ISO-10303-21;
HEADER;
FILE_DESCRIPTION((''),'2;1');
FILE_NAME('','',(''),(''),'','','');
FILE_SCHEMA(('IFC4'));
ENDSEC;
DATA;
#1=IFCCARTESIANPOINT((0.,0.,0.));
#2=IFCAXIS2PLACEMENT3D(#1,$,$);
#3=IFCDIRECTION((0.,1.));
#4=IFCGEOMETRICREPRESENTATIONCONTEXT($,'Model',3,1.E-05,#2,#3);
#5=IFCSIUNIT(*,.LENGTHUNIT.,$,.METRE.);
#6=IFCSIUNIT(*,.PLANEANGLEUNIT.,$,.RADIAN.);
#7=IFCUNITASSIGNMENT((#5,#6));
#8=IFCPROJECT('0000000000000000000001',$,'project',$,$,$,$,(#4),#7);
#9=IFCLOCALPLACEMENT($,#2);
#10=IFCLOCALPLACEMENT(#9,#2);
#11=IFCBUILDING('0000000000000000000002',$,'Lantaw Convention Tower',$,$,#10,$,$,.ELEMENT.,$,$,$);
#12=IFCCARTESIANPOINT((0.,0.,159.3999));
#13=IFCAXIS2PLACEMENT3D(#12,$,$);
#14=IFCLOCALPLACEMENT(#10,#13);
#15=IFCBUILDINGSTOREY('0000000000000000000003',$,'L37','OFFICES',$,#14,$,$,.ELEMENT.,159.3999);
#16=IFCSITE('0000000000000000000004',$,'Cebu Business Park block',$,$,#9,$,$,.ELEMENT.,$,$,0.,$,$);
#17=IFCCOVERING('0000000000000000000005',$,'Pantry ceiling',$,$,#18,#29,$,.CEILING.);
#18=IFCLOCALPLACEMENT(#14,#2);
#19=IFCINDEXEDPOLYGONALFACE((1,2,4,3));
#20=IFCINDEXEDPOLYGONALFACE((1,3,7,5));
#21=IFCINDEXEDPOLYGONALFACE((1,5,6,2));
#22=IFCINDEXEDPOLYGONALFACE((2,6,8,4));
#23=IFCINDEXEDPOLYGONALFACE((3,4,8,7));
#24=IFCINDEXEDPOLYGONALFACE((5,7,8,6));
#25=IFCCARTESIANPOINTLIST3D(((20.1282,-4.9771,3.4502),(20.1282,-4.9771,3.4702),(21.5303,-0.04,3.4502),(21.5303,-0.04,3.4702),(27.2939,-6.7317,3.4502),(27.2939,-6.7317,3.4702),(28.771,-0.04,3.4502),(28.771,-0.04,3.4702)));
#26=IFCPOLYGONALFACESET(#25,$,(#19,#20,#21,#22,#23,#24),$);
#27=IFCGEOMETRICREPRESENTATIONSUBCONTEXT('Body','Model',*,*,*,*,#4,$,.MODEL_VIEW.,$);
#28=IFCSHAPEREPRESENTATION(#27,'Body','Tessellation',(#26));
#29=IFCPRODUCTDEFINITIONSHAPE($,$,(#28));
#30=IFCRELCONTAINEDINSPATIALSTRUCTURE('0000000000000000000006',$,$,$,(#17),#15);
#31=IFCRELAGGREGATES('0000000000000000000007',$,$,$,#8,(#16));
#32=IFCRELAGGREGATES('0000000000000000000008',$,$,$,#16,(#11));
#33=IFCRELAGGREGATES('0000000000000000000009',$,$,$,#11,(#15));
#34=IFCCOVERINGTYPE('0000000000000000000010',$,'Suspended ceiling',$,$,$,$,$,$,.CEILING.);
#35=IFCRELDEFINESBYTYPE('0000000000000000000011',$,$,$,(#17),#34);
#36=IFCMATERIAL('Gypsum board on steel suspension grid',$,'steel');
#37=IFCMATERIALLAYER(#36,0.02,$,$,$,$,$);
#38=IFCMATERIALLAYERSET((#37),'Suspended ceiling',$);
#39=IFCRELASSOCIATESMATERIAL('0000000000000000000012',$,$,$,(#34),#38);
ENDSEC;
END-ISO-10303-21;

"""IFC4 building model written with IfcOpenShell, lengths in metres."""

from ifc_helpers import new_model, si_unit, direction, frame, origin, place, context, subcontext, project, spatial, polyline, outline, extrude, material, layer, layer_set, type_object, element, save


model = new_model("IFC4")

# Units and contexts
model_context = context("Model", 3, precision=1e-05, world=origin(), true_north=direction((0.0, 1.0)))
body_context = subcontext(model_context, "Body", "Model", "MODEL_VIEW")
ifc_project = project(units=[si_unit("LENGTHUNIT", "METRE"), si_unit("PLANEANGLEUNIT", "RADIAN")], contexts=[model_context])

# Site, building, storey
site_placement = place(None, origin())
site = spatial("IfcSite", under=ifc_project, at=site_placement, Name="Cebu Business Park block", CompositionType="ELEMENT", RefElevation=0.0)
building_placement = place(site_placement, origin())
building = spatial("IfcBuilding", under=site, at=building_placement, Name="Lantaw Convention Tower", CompositionType="ELEMENT")
storey_placement = place(building_placement, frame((0.0, 0.0, 159.3999)))
storey = spatial("IfcBuildingStorey", under=building, at=storey_placement, Name="L37", Description="OFFICES", CompositionType="ELEMENT", Elevation=159.3999)

# Covering
ifc_material_1 = material(Name="Gypsum board on steel suspension grid", Category="steel")
ifc_layer_1 = layer(ifc_material_1, 0.02)
ifc_layer_set_1 = layer_set([ifc_layer_1], Name="Suspended ceiling")
covering_type = type_object("IfcCoveringType", Name="Suspended ceiling", PredefinedType="CEILING", material=ifc_layer_set_1)
covering_1_placement = place(storey_placement, frame((0.0, 0.0, 3.4502)))
element("IfcCovering", 1, at=covering_1_placement, inside=storey, type_object=covering_type, Name="Pantry ceiling", PredefinedType="CEILING", context=body_context, shape_type="SweptSolid", body=[
    extrude(outline(polyline([(20.1282, -4.9771), (27.2939, -6.7317), (28.771, -0.04), (21.5303, -0.04), (20.1282, -4.9771)])), origin(), (0.0, 0.0, 1.0), 0.02),
])

save(model, "model.ifc")
